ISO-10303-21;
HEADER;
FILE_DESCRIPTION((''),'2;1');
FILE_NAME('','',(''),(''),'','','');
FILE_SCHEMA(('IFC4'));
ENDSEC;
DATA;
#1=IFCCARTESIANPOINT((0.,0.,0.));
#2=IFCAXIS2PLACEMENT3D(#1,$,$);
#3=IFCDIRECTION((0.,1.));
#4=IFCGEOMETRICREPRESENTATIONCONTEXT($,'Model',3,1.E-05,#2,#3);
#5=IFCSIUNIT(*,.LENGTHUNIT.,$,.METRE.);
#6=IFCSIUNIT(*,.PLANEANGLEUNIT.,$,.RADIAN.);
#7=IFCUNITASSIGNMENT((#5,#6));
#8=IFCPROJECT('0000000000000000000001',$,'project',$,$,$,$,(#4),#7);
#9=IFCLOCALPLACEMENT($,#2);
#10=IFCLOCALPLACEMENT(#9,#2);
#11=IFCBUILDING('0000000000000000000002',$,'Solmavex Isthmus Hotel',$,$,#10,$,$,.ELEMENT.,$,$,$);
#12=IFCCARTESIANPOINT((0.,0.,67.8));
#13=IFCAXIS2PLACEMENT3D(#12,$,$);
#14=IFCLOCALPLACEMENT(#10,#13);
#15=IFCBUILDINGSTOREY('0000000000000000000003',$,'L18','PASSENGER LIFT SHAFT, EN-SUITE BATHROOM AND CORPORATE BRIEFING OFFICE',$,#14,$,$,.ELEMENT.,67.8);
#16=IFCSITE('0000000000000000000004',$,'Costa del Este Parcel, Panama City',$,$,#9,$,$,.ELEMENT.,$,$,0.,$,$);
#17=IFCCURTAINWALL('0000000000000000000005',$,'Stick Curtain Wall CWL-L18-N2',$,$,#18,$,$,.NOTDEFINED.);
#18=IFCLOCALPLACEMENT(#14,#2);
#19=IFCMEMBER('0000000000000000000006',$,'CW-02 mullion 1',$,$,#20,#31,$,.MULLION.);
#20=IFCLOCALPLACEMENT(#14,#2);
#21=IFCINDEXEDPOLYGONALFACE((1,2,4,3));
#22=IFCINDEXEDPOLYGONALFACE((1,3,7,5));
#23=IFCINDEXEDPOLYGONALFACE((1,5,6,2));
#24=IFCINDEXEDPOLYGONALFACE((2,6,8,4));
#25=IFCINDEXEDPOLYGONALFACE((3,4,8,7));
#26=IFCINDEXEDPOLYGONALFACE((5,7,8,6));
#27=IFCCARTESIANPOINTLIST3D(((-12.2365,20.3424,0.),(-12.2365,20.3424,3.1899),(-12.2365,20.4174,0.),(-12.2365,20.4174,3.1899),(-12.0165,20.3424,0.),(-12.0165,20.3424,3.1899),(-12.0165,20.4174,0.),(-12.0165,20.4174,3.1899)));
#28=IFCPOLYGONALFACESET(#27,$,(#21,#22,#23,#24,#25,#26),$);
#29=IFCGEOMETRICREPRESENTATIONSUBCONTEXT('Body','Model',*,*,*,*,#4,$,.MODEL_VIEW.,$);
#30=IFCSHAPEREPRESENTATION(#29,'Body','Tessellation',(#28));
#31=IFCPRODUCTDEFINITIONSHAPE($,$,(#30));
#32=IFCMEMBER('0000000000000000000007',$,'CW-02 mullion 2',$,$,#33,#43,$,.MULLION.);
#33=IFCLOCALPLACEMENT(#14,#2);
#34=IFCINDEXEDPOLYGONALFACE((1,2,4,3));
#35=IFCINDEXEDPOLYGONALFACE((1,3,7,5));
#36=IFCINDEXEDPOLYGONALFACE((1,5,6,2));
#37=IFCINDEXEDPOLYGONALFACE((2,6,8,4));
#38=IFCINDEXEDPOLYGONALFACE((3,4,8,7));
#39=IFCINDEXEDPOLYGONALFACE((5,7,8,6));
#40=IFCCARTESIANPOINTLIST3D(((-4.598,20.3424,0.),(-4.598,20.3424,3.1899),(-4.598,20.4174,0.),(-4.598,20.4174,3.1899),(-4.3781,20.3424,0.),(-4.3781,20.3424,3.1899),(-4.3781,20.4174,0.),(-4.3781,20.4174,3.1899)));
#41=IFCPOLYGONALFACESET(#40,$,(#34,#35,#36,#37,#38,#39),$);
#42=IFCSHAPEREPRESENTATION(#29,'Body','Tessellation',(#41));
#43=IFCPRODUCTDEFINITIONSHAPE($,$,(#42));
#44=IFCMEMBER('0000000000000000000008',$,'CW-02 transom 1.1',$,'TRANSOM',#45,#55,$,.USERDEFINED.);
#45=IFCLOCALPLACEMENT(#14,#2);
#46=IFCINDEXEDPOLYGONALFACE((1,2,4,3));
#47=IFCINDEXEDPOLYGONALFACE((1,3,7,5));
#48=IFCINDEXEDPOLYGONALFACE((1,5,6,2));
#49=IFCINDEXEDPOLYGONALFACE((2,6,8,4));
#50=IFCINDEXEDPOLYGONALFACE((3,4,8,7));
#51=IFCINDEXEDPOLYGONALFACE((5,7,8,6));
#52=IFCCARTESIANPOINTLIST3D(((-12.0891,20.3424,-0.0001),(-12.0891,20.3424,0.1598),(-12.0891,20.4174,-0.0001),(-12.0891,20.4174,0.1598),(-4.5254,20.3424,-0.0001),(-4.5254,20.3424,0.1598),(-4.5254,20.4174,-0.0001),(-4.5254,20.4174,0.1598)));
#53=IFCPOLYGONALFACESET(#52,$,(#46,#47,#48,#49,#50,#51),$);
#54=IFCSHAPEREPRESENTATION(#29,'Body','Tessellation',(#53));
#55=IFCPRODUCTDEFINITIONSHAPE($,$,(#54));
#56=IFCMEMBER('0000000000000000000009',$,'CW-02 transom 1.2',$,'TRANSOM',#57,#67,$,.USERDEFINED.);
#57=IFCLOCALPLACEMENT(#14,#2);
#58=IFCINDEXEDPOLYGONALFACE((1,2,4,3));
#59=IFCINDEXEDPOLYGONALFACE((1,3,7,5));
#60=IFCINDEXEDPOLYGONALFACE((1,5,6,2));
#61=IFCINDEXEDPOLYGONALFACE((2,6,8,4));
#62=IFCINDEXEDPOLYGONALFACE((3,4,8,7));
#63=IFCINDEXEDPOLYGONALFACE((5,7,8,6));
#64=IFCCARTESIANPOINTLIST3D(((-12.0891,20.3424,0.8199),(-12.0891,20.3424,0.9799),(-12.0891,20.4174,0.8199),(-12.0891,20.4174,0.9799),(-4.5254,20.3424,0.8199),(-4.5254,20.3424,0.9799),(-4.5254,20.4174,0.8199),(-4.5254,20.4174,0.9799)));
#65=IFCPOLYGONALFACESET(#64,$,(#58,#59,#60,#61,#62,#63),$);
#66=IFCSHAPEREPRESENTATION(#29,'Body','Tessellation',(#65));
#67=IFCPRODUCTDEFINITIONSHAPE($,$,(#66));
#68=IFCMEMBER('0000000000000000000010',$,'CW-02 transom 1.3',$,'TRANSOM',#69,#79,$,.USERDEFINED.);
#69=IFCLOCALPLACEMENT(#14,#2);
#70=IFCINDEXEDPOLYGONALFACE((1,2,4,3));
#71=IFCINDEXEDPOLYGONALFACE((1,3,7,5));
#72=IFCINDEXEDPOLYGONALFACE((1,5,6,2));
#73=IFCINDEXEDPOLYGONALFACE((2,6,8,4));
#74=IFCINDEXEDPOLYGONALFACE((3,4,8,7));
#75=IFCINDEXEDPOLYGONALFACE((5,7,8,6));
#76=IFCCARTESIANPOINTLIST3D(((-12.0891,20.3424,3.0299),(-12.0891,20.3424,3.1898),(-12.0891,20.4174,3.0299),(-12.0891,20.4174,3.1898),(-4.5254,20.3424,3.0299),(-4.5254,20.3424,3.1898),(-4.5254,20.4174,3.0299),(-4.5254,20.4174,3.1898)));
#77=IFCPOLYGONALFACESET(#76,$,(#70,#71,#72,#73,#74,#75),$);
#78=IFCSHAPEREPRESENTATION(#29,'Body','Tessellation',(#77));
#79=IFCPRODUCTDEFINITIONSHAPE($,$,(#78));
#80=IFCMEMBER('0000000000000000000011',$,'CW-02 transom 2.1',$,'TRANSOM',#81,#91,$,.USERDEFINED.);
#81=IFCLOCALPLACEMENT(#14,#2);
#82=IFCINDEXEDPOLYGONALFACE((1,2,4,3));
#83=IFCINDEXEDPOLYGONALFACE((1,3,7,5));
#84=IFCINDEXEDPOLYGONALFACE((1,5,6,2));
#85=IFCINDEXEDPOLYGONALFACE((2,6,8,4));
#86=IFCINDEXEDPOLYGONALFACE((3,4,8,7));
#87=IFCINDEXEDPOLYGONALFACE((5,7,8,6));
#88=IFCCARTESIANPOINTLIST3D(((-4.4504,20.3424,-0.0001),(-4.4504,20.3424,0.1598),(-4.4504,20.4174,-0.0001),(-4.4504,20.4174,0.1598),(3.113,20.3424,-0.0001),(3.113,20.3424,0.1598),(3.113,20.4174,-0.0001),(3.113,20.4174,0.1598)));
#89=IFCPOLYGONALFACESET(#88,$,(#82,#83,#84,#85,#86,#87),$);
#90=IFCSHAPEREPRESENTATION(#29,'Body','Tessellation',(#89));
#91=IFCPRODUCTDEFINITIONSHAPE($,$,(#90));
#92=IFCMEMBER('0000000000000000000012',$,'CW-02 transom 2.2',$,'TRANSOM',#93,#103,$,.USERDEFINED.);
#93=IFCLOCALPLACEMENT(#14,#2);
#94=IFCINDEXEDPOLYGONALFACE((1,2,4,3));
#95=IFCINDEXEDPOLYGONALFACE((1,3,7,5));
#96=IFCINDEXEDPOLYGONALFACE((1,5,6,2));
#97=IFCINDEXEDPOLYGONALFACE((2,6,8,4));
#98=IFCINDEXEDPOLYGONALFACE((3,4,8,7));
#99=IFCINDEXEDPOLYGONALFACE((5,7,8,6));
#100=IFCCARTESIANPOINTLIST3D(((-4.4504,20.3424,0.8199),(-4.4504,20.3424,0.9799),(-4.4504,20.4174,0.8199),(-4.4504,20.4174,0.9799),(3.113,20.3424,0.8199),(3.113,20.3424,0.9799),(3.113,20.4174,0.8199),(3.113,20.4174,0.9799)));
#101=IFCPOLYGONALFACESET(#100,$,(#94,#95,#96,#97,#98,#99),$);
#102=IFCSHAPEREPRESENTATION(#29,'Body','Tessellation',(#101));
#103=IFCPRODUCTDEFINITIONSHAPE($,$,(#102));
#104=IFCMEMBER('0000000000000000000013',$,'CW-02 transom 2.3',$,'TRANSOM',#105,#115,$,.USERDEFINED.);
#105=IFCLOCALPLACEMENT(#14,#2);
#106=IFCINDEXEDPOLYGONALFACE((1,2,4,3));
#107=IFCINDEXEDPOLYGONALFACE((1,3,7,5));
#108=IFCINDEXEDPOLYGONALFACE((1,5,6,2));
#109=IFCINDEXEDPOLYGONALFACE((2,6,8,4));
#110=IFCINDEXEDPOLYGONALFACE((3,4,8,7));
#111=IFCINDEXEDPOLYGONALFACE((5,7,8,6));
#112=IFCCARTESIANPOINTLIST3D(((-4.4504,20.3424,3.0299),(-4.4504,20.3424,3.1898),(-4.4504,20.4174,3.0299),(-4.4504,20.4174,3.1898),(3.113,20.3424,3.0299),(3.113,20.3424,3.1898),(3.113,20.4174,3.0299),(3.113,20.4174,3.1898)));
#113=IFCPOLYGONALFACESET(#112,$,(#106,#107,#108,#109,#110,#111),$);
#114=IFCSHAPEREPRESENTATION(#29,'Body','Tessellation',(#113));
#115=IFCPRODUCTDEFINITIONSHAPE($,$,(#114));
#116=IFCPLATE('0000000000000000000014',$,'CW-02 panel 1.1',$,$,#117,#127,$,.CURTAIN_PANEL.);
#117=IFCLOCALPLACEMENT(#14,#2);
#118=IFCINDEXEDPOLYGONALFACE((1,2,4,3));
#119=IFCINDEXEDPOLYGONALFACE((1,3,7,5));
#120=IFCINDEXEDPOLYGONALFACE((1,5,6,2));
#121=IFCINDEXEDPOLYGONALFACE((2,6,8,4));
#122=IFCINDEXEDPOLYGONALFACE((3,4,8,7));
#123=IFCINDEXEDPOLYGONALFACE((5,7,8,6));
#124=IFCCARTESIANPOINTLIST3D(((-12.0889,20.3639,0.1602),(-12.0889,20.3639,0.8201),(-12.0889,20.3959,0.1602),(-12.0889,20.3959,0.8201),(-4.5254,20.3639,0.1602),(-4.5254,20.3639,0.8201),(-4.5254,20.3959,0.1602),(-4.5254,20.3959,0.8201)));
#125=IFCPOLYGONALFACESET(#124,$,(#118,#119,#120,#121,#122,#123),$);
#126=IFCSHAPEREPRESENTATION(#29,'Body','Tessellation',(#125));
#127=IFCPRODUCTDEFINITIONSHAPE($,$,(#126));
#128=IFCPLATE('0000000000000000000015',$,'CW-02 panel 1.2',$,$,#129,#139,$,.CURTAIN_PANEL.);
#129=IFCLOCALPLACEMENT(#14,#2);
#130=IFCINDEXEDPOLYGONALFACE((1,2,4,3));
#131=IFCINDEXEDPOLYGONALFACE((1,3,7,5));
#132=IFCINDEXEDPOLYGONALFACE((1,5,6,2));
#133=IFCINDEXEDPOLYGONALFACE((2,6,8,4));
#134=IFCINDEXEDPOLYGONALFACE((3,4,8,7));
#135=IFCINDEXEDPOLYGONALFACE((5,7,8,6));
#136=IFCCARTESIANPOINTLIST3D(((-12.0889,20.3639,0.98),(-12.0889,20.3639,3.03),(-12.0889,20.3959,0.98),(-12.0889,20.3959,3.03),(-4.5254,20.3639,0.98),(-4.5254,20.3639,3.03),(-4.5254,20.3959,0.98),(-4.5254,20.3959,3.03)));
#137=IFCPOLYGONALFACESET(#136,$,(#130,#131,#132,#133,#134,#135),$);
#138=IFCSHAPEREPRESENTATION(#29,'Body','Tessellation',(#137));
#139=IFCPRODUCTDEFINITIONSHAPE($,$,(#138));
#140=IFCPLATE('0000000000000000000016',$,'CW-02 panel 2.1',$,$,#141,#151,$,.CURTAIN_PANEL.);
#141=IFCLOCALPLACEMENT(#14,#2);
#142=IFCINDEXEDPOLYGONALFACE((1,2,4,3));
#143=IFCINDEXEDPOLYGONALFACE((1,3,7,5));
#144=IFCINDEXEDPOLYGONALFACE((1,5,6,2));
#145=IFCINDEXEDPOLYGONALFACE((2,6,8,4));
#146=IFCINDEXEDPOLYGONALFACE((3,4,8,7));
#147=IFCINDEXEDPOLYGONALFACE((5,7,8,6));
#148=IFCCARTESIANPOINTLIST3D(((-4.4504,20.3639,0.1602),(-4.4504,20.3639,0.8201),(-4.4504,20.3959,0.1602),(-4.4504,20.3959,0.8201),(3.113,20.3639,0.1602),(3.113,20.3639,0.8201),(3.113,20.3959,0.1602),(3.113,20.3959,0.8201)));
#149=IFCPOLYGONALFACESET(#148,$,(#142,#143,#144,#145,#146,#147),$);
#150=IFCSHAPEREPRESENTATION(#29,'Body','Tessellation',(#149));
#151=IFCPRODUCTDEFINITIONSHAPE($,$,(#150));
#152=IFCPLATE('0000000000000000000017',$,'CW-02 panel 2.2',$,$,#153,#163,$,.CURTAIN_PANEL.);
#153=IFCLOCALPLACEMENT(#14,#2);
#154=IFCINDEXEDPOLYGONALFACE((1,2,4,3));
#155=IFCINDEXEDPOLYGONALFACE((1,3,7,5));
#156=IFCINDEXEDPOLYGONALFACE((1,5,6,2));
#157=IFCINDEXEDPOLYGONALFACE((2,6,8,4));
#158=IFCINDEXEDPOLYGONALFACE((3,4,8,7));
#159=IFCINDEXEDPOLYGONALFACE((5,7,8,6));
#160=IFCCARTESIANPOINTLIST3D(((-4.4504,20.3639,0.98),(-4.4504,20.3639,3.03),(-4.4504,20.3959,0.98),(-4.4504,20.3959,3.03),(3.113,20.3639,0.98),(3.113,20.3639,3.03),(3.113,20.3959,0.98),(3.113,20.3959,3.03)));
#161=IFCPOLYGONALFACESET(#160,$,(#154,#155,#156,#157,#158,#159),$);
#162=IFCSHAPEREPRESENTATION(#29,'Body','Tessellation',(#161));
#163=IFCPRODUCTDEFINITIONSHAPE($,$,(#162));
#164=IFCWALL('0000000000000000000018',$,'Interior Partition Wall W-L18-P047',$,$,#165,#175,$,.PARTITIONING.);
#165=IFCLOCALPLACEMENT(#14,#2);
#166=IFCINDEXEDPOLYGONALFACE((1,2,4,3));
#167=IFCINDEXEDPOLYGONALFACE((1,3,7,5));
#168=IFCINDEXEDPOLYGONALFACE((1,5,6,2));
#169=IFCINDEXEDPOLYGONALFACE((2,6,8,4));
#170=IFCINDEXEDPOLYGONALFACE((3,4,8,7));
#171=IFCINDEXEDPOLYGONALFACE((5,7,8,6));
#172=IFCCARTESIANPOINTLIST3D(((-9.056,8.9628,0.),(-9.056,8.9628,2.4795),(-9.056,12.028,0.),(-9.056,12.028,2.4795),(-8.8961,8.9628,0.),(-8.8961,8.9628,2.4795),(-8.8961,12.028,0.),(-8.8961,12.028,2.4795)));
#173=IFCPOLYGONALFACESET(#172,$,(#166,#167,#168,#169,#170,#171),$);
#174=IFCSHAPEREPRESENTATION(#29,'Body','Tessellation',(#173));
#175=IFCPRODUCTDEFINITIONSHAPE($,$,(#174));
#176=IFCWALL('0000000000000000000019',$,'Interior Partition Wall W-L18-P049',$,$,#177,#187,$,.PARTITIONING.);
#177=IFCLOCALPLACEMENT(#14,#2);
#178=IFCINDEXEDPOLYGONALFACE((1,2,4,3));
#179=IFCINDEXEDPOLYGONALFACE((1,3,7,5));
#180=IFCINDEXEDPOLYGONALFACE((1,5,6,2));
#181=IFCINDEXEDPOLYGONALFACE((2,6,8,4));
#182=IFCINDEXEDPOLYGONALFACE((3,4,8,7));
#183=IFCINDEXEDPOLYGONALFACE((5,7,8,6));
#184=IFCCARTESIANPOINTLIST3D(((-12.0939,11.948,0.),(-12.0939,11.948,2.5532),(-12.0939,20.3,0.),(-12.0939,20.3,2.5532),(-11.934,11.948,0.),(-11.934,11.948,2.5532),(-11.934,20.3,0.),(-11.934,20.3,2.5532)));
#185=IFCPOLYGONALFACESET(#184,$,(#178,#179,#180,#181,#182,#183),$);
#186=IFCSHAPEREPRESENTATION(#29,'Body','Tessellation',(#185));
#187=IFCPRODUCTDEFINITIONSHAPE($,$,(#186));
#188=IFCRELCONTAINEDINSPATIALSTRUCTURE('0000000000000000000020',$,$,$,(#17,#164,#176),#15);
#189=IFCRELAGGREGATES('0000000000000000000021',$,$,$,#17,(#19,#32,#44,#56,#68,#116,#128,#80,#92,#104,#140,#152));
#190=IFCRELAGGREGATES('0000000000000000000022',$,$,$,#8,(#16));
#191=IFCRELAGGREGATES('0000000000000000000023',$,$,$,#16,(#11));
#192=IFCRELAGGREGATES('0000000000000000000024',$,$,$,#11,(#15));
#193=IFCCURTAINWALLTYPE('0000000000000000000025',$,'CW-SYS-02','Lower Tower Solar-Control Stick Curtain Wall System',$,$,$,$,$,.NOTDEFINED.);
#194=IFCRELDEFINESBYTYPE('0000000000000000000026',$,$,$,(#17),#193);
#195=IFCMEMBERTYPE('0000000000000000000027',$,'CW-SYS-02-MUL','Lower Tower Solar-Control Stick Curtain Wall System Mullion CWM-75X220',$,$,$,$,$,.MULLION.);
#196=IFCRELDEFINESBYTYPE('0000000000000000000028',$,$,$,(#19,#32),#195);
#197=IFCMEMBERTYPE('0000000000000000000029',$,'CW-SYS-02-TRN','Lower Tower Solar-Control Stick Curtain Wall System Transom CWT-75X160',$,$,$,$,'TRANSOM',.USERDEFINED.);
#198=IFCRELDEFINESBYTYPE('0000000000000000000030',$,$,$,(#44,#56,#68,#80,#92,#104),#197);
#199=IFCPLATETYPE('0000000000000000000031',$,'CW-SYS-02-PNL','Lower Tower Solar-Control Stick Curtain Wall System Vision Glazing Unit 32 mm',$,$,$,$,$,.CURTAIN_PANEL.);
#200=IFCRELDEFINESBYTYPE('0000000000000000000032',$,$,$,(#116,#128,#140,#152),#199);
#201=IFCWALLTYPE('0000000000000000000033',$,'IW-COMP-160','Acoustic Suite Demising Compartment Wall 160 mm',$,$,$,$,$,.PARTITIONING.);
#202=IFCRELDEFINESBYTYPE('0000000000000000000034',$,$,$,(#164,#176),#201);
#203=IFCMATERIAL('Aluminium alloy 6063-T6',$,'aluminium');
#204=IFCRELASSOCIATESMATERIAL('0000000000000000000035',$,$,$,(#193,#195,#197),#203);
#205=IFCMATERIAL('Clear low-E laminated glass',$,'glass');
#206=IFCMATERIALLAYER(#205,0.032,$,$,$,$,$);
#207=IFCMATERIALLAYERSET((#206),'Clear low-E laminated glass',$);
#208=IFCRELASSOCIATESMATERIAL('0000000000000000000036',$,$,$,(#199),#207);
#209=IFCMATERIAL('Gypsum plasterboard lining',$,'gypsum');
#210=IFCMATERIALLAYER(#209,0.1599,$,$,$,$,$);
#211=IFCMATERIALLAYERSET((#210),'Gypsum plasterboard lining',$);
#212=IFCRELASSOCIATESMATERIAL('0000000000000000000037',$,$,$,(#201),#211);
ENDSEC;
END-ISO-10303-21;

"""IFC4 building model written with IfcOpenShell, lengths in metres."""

from ifc_helpers import new_model, si_unit, direction, frame, frame_2d, origin, origin_2d, place, context, subcontext, project, spatial, rectangle, extrude, material, layer, layer_set, material_profile, profile_set, type_object, element, aggregate, save


model = new_model("IFC4")

# Units and contexts
model_context = context("Model", 3, precision=1e-05, world=origin(), true_north=direction((0.0, 1.0)))
body_context = subcontext(model_context, "Body", "Model", "MODEL_VIEW")
ifc_project = project(units=[si_unit("LENGTHUNIT", "METRE"), si_unit("PLANEANGLEUNIT", "RADIAN")], contexts=[model_context])

# Site, building, storey
site_placement = place(None, origin())
site = spatial("IfcSite", under=ifc_project, at=site_placement, Name="Costa del Este Parcel, Panama City", CompositionType="ELEMENT", RefElevation=0.0)
building_placement = place(site_placement, origin())
building = spatial("IfcBuilding", under=site, at=building_placement, Name="Solmavex Isthmus Hotel", CompositionType="ELEMENT")
storey_placement = place(building_placement, frame((0.0, 0.0, 67.8)))
storey = spatial("IfcBuildingStorey", under=building, at=storey_placement, Name="L18", Description="PASSENGER LIFT SHAFT, EN-SUITE BATHROOM AND CORPORATE BRIEFING OFFICE", CompositionType="ELEMENT", Elevation=67.8)

# Curtain wall, members, plates
ifc_material_1 = material(Name="Aluminium alloy 6063-T6", Category="aluminium")
curtain_wall_type = type_object("IfcCurtainWallType", Name="CW-SYS-02", Description="Lower Tower Solar-Control Stick Curtain Wall System", PredefinedType="NOTDEFINED", material=ifc_material_1)
curtain_wall_placement = place(storey_placement, origin())
curtain_wall = element("IfcCurtainWall", 1, at=curtain_wall_placement, inside=storey, type_object=curtain_wall_type, Name="Stick Curtain Wall CWL-L18-N2", PredefinedType="NOTDEFINED")
ifc_material_profile_1 = material_profile(ifc_material_1, rectangle(XDim=0.075, YDim=0.22, at=origin_2d()), Name="CWM-75X220")
ifc_profile_set_1 = profile_set([ifc_material_profile_1], Name="Aluminium alloy 6063-T6")
member_type_1 = type_object("IfcMemberType", Name="CW-SYS-02-MUL", Description="Lower Tower Solar-Control Stick Curtain Wall System Mullion CWM-75X220", PredefinedType="MULLION", material=ifc_profile_set_1)
member_1_placement = place(storey_placement, frame((-12.1265, 20.3799, 0.0), z_axis=(0.0, 0.0, 1.0), x_axis=(0.0, 1.0, 0.0)))
member_1 = element("IfcMember", 2, at=member_1_placement, type_object=member_type_1, Name="CW-02 mullion 1", PredefinedType="MULLION", context=body_context, shape_type="SweptSolid", body=[
    extrude(rectangle(XDim=0.075, YDim=0.22, at=origin_2d()), origin(), (0.0, 0.0, 1.0), 3.1899),
])
member_2_placement = place(storey_placement, frame((-4.488, 20.3799, 0.0), z_axis=(0.0, 0.0, 1.0), x_axis=(0.0, 1.0, 0.0)))
member_2 = element("IfcMember", 3, at=member_2_placement, type_object=member_type_1, Name="CW-02 mullion 2", PredefinedType="MULLION", context=body_context, shape_type="SweptSolid", body=[
    extrude(rectangle(XDim=0.075, YDim=0.22, at=origin_2d()), origin(), (0.0, 0.0, 1.0), 3.1899),
])
ifc_material_profile_2 = material_profile(ifc_material_1, rectangle(XDim=0.075, YDim=0.1599, at=origin_2d()), Name="CWT-75X160")
ifc_profile_set_2 = profile_set([ifc_material_profile_2], Name="Aluminium alloy 6063-T6")
member_type_2 = type_object("IfcMemberType", Name="CW-SYS-02-TRN", Description="Lower Tower Solar-Control Stick Curtain Wall System Transom CWT-75X160", ElementType="TRANSOM", PredefinedType="USERDEFINED", material=ifc_profile_set_2)
member_3_placement = place(storey_placement, frame((-12.0891, 20.3799, 0.0798), z_axis=(1.0, 0.0, 0.0), x_axis=(0.0, 1.0, 0.0)))
member_3 = element("IfcMember", 4, at=member_3_placement, type_object=member_type_2, Name="CW-02 transom 1.1", ObjectType="TRANSOM", PredefinedType="USERDEFINED", context=body_context, shape_type="SweptSolid", body=[
    extrude(rectangle(XDim=0.075, YDim=0.1599, at=origin_2d()), origin(), (0.0, 0.0, 1.0), 7.5637),
])
member_4_placement = place(storey_placement, frame((-12.0891, 20.3799, 0.8999), z_axis=(1.0, 0.0, 0.0), x_axis=(0.0, 1.0, 0.0)))
member_4 = element("IfcMember", 5, at=member_4_placement, type_object=member_type_2, Name="CW-02 transom 1.2", ObjectType="TRANSOM", PredefinedType="USERDEFINED", context=body_context, shape_type="SweptSolid", body=[
    extrude(rectangle(XDim=0.075, YDim=0.1599, at=origin_2d()), origin(), (0.0, 0.0, 1.0), 7.5637),
])
member_5_placement = place(storey_placement, frame((-12.0891, 20.3799, 3.1099), z_axis=(1.0, 0.0, 0.0), x_axis=(0.0, 1.0, 0.0)))
member_5 = element("IfcMember", 6, at=member_5_placement, type_object=member_type_2, Name="CW-02 transom 1.3", ObjectType="TRANSOM", PredefinedType="USERDEFINED", context=body_context, shape_type="SweptSolid", body=[
    extrude(rectangle(XDim=0.075, YDim=0.1599, at=origin_2d()), origin(), (0.0, 0.0, 1.0), 7.5637),
])
member_6_placement = place(storey_placement, frame((-4.4504, 20.3799, 0.0798), z_axis=(1.0, 0.0, 0.0), x_axis=(0.0, 1.0, 0.0)))
member_6 = element("IfcMember", 7, at=member_6_placement, type_object=member_type_2, Name="CW-02 transom 2.1", ObjectType="TRANSOM", PredefinedType="USERDEFINED", context=body_context, shape_type="SweptSolid", body=[
    extrude(rectangle(XDim=0.075, YDim=0.1599, at=origin_2d()), origin(), (0.0, 0.0, 1.0), 7.5635),
])
member_7_placement = place(storey_placement, frame((-4.4504, 20.3799, 0.8999), z_axis=(1.0, 0.0, 0.0), x_axis=(0.0, 1.0, 0.0)))
member_7 = element("IfcMember", 8, at=member_7_placement, type_object=member_type_2, Name="CW-02 transom 2.2", ObjectType="TRANSOM", PredefinedType="USERDEFINED", context=body_context, shape_type="SweptSolid", body=[
    extrude(rectangle(XDim=0.075, YDim=0.1599, at=origin_2d()), origin(), (0.0, 0.0, 1.0), 7.5635),
])
member_8_placement = place(storey_placement, frame((-4.4504, 20.3799, 3.1099), z_axis=(1.0, 0.0, 0.0), x_axis=(0.0, 1.0, 0.0)))
member_8 = element("IfcMember", 9, at=member_8_placement, type_object=member_type_2, Name="CW-02 transom 2.3", ObjectType="TRANSOM", PredefinedType="USERDEFINED", context=body_context, shape_type="SweptSolid", body=[
    extrude(rectangle(XDim=0.075, YDim=0.1599, at=origin_2d()), origin(), (0.0, 0.0, 1.0), 7.5635),
])
ifc_material_2 = material(Name="Clear low-E laminated glass", Category="glass")
ifc_layer_1 = layer(ifc_material_2, 0.032)
ifc_layer_set_1 = layer_set([ifc_layer_1], Name="Clear low-E laminated glass")
plate_type = type_object("IfcPlateType", Name="CW-SYS-02-PNL", Description="Lower Tower Solar-Control Stick Curtain Wall System Vision Glazing Unit 32 mm", PredefinedType="CURTAIN_PANEL", material=ifc_layer_set_1)
plate_1_placement = place(storey_placement, frame((-8.3071, 20.3799, 0.1602), z_axis=(0.0, 0.0, 1.0), x_axis=(1.0, 0.0, 0.0)))
plate_1 = element("IfcPlate", 10, at=plate_1_placement, type_object=plate_type, Name="CW-02 panel 1.1", PredefinedType="CURTAIN_PANEL", context=body_context, shape_type="SweptSolid", body=[
    extrude(rectangle(XDim=7.5635, YDim=0.032, at=origin_2d()), origin(), (0.0, 0.0, 1.0), 0.6599),
])
plate_2_placement = place(storey_placement, frame((-8.3071, 20.3799, 0.98), z_axis=(0.0, 0.0, 1.0), x_axis=(1.0, 0.0, 0.0)))
plate_2 = element("IfcPlate", 11, at=plate_2_placement, type_object=plate_type, Name="CW-02 panel 1.2", PredefinedType="CURTAIN_PANEL", context=body_context, shape_type="SweptSolid", body=[
    extrude(rectangle(XDim=7.5635, YDim=0.032, at=origin_2d()), origin(), (0.0, 0.0, 1.0), 2.05),
])
plate_3_placement = place(storey_placement, frame((-0.6687, 20.3799, 0.1602), z_axis=(0.0, 0.0, 1.0), x_axis=(1.0, 0.0, 0.0)))
plate_3 = element("IfcPlate", 12, at=plate_3_placement, type_object=plate_type, Name="CW-02 panel 2.1", PredefinedType="CURTAIN_PANEL", context=body_context, shape_type="SweptSolid", body=[
    extrude(rectangle(XDim=7.5635, YDim=0.032, at=origin_2d()), origin(), (0.0, 0.0, 1.0), 0.6599),
])
plate_4_placement = place(storey_placement, frame((-0.6687, 20.3799, 0.98), z_axis=(0.0, 0.0, 1.0), x_axis=(1.0, 0.0, 0.0)))
plate_4 = element("IfcPlate", 13, at=plate_4_placement, type_object=plate_type, Name="CW-02 panel 2.2", PredefinedType="CURTAIN_PANEL", context=body_context, shape_type="SweptSolid", body=[
    extrude(rectangle(XDim=7.5635, YDim=0.032, at=origin_2d()), origin(), (0.0, 0.0, 1.0), 2.05),
])
aggregate(curtain_wall, [member_1, member_2, member_3, member_4, member_5, plate_1, plate_2, member_6, member_7, member_8, plate_3, plate_4])

# Shared definitions
ifc_material_3 = material(Name="Gypsum plasterboard lining", Category="gypsum")
ifc_layer_2 = layer(ifc_material_3, 0.1599)
ifc_layer_set_2 = layer_set([ifc_layer_2], Name="Gypsum plasterboard lining")
wall_type_1 = type_object("IfcWallType", Name="IW-COMP-160", Description="Acoustic Suite Demising Compartment Wall 160 mm", PredefinedType="PARTITIONING", material=ifc_layer_set_2)

# Walls
wall_1_placement = place(storey_placement, frame((-8.9761, 12.0281, 0.0), z_axis=(0.0, 0.0, 1.0), x_axis=(0.0, -1.0, 0.0)))
element("IfcWall", 14, at=wall_1_placement, inside=storey, type_object=wall_type_1, Name="Interior Partition Wall W-L18-P047", PredefinedType="PARTITIONING", context=body_context, shape_type="SweptSolid", body=[
    extrude(rectangle(XDim=3.0652, YDim=0.1599, at=frame_2d((1.5327, 0.0))), origin(), (0.0, 0.0, 1.0), 2.4795),
])
wall_2_placement = place(storey_placement, frame((-12.0139, 20.3, 0.0), z_axis=(0.0, 0.0, 1.0), x_axis=(0.0, -1.0, 0.0)))
element("IfcWall", 15, at=wall_2_placement, inside=storey, type_object=wall_type_1, Name="Interior Partition Wall W-L18-P049", PredefinedType="PARTITIONING", context=body_context, shape_type="SweptSolid", body=[
    extrude(rectangle(XDim=8.3521, YDim=0.1599, at=frame_2d((4.176, 0.0))), origin(), (0.0, 0.0, 1.0), 2.5532),
])

save(model, "model.ifc")
